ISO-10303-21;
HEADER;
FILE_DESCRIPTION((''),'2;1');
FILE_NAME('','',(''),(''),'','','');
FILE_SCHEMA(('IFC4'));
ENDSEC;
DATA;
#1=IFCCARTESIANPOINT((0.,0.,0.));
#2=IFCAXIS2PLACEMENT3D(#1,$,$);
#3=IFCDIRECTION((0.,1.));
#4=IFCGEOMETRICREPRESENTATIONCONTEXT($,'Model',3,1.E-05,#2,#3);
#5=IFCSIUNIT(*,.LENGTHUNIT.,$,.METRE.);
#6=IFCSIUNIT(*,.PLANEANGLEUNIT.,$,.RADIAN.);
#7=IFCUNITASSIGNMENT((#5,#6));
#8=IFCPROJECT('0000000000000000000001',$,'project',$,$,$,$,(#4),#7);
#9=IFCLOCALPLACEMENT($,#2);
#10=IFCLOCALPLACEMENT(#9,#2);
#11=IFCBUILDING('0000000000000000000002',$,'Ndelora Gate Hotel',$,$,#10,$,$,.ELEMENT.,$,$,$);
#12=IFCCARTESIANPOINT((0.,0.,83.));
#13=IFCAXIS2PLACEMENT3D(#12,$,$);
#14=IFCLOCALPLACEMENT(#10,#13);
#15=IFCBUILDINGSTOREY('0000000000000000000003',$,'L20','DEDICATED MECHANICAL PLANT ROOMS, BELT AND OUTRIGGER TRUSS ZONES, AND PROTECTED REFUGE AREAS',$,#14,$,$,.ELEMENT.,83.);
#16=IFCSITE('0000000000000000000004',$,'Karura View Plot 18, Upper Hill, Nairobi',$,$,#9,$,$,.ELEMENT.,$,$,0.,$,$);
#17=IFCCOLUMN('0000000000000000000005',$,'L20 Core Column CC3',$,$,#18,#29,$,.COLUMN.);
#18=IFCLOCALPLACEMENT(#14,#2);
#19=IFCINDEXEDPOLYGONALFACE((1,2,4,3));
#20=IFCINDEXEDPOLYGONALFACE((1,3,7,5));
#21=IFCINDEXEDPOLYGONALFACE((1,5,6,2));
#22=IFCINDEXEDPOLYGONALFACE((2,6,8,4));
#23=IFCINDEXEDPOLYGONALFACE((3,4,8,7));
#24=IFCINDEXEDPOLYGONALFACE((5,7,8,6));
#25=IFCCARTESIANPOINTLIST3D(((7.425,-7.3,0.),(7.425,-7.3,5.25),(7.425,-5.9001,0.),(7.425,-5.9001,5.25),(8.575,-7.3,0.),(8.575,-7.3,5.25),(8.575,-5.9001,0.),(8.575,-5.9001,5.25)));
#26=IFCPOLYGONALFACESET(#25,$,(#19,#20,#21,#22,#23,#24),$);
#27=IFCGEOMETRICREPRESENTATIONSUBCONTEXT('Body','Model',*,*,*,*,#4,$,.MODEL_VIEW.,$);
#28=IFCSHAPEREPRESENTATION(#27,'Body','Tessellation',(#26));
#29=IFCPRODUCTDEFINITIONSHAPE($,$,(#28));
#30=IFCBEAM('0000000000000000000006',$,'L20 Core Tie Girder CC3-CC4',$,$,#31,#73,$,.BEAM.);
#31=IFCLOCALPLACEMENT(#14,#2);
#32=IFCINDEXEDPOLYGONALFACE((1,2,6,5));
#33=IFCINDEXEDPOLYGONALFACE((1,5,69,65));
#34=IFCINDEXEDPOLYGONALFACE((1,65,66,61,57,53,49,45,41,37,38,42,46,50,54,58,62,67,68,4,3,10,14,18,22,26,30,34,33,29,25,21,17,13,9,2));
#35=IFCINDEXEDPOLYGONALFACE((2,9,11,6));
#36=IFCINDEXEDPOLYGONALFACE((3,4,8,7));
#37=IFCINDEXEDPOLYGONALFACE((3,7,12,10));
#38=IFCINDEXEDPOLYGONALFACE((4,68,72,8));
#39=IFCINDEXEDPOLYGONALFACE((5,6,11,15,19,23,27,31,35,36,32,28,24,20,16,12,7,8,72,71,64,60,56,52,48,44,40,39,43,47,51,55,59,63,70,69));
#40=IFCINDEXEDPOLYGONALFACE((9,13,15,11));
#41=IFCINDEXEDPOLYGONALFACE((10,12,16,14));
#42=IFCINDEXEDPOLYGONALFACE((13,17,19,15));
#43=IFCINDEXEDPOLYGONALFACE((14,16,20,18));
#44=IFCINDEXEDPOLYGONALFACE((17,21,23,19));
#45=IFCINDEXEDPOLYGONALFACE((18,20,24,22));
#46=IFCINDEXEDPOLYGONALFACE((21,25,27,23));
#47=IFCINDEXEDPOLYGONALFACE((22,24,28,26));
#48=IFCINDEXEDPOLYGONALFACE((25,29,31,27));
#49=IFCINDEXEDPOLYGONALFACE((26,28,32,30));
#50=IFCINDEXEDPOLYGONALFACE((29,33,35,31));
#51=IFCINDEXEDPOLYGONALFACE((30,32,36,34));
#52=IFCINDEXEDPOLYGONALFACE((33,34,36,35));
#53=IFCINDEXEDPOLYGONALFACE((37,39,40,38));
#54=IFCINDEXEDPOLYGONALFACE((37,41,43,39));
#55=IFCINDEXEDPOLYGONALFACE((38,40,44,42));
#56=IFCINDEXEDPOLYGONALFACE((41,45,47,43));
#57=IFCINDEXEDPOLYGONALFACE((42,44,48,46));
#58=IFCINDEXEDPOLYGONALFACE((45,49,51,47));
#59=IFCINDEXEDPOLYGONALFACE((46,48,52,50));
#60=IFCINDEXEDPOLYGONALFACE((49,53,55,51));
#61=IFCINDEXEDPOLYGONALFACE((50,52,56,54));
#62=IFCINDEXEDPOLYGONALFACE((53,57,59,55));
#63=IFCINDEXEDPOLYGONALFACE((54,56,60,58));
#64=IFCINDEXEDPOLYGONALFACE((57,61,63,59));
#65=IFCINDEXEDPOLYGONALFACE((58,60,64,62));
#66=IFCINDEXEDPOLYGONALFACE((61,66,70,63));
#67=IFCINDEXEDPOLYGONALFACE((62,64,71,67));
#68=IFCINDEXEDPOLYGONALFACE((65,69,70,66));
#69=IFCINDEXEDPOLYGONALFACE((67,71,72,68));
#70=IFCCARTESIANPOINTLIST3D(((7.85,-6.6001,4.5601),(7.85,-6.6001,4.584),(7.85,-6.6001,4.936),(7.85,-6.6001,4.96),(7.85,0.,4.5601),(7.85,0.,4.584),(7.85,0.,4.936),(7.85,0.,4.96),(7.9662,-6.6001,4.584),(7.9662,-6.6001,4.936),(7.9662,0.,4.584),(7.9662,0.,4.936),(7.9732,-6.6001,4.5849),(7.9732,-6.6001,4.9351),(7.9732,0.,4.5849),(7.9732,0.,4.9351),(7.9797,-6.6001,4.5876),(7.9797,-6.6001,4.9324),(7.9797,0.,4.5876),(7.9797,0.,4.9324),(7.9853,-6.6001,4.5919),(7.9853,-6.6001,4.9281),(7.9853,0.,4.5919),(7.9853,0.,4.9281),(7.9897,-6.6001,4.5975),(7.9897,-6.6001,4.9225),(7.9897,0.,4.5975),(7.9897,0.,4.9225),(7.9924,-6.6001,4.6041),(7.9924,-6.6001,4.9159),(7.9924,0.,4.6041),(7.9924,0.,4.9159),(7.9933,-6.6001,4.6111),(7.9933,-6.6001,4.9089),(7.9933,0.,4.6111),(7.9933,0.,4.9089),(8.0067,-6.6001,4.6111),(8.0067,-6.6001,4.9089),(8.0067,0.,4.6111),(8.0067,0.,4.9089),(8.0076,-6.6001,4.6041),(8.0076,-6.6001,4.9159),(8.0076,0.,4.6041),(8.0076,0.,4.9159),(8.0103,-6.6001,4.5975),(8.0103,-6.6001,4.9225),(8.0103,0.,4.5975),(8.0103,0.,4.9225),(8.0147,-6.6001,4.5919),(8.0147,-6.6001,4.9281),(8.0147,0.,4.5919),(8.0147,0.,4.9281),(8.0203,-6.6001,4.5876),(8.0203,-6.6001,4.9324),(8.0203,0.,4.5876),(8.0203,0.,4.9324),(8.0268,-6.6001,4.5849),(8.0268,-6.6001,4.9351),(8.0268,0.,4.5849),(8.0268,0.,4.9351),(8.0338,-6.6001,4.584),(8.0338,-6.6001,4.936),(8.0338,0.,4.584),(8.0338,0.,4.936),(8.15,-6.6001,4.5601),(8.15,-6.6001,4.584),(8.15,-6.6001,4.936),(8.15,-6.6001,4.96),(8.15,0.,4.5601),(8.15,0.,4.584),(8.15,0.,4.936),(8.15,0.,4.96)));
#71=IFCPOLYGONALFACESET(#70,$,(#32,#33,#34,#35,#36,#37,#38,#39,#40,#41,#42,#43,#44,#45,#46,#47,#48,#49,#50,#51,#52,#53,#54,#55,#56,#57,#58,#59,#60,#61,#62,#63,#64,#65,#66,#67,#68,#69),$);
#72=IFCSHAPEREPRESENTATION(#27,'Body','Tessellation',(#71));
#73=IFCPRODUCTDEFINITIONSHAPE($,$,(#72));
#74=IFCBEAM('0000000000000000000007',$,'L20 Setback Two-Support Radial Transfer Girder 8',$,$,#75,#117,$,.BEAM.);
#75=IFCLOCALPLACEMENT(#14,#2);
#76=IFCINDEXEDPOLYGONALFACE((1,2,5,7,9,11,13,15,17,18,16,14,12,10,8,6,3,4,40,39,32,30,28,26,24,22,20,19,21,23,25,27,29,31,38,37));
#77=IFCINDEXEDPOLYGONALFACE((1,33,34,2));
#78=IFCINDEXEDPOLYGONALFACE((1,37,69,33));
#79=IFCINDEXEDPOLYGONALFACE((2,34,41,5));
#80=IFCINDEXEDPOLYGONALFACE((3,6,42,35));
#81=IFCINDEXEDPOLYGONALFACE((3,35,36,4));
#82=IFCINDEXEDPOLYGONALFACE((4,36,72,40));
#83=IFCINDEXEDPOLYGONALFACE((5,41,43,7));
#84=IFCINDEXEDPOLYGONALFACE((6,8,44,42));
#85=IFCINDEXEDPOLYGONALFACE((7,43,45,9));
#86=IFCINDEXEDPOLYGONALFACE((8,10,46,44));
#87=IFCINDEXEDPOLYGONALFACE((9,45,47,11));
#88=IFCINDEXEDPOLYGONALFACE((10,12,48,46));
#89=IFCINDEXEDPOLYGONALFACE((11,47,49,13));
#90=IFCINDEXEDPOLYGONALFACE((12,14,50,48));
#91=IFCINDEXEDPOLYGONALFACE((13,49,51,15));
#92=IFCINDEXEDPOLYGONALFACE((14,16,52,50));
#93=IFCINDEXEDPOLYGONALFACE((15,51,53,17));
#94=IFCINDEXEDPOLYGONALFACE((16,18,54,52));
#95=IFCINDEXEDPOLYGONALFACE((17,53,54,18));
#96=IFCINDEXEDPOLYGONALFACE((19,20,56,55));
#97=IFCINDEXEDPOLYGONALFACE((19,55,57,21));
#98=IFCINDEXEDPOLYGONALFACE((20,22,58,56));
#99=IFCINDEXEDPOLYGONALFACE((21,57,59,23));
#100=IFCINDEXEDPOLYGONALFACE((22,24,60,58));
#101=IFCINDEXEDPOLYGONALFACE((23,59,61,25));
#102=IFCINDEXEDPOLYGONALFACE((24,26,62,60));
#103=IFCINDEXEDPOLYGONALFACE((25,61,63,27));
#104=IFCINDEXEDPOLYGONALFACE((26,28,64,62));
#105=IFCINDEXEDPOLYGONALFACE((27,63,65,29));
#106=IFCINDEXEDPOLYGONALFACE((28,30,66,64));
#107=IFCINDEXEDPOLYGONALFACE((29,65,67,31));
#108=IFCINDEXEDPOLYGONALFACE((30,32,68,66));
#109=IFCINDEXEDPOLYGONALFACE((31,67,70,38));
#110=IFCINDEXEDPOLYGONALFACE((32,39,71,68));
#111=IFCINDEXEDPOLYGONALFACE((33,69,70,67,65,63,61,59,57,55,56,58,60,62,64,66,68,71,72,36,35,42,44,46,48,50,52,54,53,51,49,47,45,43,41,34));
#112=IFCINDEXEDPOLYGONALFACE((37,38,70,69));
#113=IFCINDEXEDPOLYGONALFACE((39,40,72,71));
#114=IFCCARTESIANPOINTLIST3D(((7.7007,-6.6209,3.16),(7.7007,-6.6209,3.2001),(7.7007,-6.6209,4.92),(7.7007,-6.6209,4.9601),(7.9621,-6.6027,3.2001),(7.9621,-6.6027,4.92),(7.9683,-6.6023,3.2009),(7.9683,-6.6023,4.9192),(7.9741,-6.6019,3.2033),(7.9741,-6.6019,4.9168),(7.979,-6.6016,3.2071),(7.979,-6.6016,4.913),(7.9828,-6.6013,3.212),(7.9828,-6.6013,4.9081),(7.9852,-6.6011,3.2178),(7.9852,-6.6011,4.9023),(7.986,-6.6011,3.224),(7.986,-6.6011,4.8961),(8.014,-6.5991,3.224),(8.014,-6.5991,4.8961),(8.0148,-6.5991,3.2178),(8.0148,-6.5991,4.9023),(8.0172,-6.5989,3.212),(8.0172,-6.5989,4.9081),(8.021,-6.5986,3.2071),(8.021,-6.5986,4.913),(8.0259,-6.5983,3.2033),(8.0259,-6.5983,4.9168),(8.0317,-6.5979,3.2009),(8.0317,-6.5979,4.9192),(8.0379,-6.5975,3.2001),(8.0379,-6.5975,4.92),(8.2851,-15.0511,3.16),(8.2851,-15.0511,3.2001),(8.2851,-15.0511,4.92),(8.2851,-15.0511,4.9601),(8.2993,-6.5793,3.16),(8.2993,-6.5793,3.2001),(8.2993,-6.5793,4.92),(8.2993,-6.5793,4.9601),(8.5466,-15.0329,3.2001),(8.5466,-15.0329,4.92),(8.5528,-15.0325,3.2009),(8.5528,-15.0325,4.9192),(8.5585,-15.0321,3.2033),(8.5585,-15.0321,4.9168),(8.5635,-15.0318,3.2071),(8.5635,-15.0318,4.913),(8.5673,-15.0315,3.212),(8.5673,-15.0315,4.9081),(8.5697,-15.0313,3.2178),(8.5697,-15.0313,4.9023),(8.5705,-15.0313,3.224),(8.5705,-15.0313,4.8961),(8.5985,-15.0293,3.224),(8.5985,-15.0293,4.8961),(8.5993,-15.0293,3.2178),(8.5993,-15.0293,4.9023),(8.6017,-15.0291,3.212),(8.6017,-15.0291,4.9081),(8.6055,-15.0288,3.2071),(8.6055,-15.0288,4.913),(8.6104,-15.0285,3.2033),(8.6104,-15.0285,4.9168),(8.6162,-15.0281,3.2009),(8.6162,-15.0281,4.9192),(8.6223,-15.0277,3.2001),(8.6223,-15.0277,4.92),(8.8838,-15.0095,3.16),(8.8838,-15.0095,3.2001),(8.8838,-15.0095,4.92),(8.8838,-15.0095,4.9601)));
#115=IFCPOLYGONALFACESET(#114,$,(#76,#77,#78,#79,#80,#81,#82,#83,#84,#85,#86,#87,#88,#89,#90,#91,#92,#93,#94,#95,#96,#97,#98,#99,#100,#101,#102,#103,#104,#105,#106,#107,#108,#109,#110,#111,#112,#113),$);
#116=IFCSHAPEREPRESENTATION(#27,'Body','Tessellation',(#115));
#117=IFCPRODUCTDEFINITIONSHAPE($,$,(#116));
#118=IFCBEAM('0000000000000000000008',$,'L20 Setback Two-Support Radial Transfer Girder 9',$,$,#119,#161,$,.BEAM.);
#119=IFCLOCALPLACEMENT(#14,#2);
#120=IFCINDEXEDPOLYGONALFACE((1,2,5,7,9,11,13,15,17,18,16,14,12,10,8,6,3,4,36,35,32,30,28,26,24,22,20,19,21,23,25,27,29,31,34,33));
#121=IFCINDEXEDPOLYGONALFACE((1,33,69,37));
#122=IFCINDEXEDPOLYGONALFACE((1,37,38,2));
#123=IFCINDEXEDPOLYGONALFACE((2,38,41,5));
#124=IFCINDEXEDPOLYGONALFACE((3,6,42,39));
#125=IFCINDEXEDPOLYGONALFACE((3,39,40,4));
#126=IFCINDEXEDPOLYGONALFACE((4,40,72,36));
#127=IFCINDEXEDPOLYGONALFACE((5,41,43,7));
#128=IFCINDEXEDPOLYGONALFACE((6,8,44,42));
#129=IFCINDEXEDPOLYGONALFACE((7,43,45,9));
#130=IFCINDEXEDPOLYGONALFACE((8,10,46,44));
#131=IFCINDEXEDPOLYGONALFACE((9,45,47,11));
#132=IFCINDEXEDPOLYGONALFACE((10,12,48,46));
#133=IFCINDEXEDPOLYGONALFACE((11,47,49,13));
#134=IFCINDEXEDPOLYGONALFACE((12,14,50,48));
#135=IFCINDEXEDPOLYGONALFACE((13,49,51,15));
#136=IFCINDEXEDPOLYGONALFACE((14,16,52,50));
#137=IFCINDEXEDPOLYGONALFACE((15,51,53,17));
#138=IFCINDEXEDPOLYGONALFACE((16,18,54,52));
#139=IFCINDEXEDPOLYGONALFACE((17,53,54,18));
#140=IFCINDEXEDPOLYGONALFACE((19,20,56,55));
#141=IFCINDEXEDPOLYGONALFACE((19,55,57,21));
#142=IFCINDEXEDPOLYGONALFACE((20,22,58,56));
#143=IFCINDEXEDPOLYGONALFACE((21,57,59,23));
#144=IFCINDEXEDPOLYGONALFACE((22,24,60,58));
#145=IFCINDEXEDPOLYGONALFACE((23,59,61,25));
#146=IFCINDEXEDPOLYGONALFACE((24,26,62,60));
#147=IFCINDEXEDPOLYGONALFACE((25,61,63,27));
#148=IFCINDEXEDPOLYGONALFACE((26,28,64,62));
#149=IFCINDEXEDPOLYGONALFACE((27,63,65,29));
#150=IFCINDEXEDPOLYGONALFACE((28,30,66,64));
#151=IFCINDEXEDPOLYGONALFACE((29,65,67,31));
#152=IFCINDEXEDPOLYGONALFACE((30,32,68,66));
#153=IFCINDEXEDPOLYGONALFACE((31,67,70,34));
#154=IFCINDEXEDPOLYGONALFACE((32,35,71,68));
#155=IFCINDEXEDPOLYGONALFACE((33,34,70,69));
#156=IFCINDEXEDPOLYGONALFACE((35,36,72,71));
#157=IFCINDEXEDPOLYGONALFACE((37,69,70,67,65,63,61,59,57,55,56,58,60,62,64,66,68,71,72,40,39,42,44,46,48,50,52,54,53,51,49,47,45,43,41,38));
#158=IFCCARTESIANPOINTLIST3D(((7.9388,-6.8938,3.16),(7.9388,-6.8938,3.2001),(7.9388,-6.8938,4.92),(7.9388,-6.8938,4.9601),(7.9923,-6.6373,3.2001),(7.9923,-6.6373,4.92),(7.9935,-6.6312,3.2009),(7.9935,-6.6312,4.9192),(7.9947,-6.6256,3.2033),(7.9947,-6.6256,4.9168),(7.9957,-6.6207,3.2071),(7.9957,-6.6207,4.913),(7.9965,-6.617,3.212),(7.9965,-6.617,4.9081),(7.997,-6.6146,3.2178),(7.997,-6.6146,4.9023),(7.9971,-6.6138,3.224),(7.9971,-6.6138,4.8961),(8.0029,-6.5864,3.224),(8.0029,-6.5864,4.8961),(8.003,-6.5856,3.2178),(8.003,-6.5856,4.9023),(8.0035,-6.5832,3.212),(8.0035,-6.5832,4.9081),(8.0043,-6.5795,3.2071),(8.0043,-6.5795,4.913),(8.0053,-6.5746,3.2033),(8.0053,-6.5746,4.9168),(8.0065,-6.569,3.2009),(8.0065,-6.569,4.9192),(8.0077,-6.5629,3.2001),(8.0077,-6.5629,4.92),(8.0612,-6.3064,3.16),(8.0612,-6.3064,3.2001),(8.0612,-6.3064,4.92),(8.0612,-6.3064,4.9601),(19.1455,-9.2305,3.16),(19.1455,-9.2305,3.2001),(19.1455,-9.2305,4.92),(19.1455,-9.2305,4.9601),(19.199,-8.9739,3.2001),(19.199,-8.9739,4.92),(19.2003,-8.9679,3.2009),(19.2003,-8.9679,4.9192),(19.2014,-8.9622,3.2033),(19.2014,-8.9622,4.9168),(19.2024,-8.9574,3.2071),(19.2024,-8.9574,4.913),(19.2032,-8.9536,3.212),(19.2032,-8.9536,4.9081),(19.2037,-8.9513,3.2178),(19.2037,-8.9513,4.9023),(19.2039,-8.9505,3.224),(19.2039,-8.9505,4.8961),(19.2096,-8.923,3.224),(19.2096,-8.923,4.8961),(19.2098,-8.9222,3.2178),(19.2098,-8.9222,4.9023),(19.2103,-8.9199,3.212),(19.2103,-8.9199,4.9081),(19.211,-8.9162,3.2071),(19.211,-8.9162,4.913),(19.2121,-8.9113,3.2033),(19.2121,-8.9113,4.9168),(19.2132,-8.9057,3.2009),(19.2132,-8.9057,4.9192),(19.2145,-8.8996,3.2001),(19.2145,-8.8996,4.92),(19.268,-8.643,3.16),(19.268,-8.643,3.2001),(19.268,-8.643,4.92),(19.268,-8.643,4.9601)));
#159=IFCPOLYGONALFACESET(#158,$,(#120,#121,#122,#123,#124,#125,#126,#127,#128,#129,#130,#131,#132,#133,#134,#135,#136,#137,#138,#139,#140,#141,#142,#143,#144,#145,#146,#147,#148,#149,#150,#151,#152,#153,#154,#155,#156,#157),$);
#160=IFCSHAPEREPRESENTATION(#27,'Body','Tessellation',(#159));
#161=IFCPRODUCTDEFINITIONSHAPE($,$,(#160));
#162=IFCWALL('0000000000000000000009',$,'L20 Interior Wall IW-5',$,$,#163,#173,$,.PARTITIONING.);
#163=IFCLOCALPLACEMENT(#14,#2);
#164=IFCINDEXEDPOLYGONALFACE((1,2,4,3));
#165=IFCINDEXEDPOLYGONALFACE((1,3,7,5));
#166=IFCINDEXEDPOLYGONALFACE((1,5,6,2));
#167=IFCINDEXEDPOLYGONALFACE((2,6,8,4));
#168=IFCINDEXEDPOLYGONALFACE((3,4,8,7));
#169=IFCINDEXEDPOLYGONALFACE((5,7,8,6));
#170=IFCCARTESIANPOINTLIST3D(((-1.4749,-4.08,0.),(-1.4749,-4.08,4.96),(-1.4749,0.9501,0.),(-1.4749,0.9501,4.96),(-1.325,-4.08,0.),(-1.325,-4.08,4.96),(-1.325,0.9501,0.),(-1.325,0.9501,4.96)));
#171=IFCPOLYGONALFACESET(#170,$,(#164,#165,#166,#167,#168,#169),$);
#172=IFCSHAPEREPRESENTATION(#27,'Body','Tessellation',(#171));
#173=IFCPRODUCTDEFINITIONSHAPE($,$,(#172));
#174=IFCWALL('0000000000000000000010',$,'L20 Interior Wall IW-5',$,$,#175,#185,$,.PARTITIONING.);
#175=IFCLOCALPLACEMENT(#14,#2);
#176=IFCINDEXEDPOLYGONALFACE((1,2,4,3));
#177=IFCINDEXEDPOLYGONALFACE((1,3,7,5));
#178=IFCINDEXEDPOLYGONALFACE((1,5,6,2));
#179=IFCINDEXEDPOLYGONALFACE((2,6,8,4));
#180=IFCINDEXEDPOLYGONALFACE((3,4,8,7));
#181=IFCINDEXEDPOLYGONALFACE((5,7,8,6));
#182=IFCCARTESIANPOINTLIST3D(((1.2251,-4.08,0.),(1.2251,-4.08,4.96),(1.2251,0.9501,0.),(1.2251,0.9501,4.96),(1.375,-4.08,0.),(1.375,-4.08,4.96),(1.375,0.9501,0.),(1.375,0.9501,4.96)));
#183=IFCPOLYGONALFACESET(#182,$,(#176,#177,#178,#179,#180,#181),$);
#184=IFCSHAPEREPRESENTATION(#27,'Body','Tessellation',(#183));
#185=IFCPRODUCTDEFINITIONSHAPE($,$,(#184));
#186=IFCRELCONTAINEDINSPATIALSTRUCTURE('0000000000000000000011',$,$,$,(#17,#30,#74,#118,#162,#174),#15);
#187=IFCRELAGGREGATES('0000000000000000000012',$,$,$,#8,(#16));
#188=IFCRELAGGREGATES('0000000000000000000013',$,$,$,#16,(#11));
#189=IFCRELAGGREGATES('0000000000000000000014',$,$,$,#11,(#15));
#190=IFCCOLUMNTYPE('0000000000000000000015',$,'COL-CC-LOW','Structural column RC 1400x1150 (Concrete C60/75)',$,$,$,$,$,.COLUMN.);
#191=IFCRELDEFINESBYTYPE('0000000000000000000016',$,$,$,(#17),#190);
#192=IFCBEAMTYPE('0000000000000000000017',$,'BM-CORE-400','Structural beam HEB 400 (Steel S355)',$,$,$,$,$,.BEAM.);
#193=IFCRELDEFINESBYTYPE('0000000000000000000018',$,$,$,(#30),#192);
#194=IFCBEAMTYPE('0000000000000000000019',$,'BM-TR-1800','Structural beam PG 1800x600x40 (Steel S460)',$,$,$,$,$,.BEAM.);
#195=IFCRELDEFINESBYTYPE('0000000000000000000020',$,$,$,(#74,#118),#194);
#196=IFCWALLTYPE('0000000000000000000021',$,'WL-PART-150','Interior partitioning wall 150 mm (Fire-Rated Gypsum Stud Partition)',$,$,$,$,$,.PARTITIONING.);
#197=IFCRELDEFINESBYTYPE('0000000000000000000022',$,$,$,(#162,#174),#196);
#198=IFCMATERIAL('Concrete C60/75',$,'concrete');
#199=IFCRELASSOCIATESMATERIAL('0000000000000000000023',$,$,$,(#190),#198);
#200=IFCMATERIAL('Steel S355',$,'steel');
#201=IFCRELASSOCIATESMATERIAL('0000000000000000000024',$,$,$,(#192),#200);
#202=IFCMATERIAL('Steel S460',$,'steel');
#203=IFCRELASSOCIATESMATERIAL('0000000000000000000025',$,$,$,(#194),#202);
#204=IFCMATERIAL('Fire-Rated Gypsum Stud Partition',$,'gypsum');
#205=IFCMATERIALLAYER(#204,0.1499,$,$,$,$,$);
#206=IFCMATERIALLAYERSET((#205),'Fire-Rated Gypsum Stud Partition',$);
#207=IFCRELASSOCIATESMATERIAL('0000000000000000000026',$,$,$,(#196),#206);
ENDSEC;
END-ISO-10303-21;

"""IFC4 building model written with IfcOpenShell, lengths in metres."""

from ifc_helpers import new_model, si_unit, direction, frame, frame_2d, origin, origin_2d, place, context, subcontext, project, spatial, rectangle, i_section, extrude, material, layer, layer_set, material_profile, profile_set, type_object, element, save


model = new_model("IFC4")

# Units and contexts
model_context = context("Model", 3, precision=1e-05, world=origin(), true_north=direction((0.0, 1.0)))
body_context = subcontext(model_context, "Body", "Model", "MODEL_VIEW")
ifc_project = project(units=[si_unit("LENGTHUNIT", "METRE"), si_unit("PLANEANGLEUNIT", "RADIAN")], contexts=[model_context])

# Site, building, storey
site_placement = place(None, origin())
site = spatial("IfcSite", under=ifc_project, at=site_placement, Name="Karura View Plot 18, Upper Hill, Nairobi", CompositionType="ELEMENT", RefElevation=0.0)
building_placement = place(site_placement, origin())
building = spatial("IfcBuilding", under=site, at=building_placement, Name="Ndelora Gate Hotel", CompositionType="ELEMENT")
storey_placement = place(building_placement, frame((0.0, 0.0, 83.0)))
storey = spatial("IfcBuildingStorey", under=building, at=storey_placement, Name="L20", Description="DEDICATED MECHANICAL PLANT ROOMS, BELT AND OUTRIGGER TRUSS ZONES, AND PROTECTED REFUGE AREAS", CompositionType="ELEMENT", Elevation=83.0)

# Column
ifc_material_1 = material(Name="Concrete C60/75", Category="concrete")
ifc_material_profile_1 = material_profile(ifc_material_1, rectangle(XDim=1.1499, YDim=1.3999, at=origin_2d()), Name="RC 1400x1150")
ifc_profile_set_1 = profile_set([ifc_material_profile_1], Name="Concrete C60/75")
column_type = type_object("IfcColumnType", Name="COL-CC-LOW", Description="Structural column RC 1400x1150 (Concrete C60/75)", PredefinedType="COLUMN", material=ifc_profile_set_1)
column_placement = place(storey_placement, frame((8.0, -6.6001, 0.0), z_axis=(0.0, 0.0, 1.0), x_axis=(1.0, 0.0, 0.0)))
element("IfcColumn", 1, at=column_placement, inside=storey, type_object=column_type, Name="L20 Core Column CC3", PredefinedType="COLUMN", context=body_context, shape_type="SweptSolid", body=[
    extrude(rectangle(XDim=1.1499, YDim=1.3999, at=origin_2d()), origin(), (0.0, 0.0, 1.0), 5.25),
])

# Beams
ifc_material_2 = material(Name="Steel S355", Category="steel")
ifc_material_profile_2 = material_profile(ifc_material_2, i_section(OverallWidth=0.3, OverallDepth=0.3999, WebThickness=0.0134, FlangeThickness=0.0239, FilletRadius=0.0271, at=origin_2d()), Name="HEB 400")
ifc_profile_set_2 = profile_set([ifc_material_profile_2], Name="Steel S355")
beam_type_1 = type_object("IfcBeamType", Name="BM-CORE-400", Description="Structural beam HEB 400 (Steel S355)", PredefinedType="BEAM", material=ifc_profile_set_2)
beam_1_placement = place(storey_placement, frame((8.0, -6.6001, 4.76), z_axis=(0.0, 1.0, 0.0), x_axis=(-1.0, 0.0, 0.0)))
element("IfcBeam", 2, at=beam_1_placement, inside=storey, type_object=beam_type_1, Name="L20 Core Tie Girder CC3-CC4", PredefinedType="BEAM", context=body_context, shape_type="SweptSolid", body=[
    extrude(i_section(OverallWidth=0.3, OverallDepth=0.3999, WebThickness=0.0134, FlangeThickness=0.0239, FilletRadius=0.0271, at=origin_2d()), origin(), (0.0, 0.0, 1.0), 6.6001),
])
ifc_material_3 = material(Name="Steel S460", Category="steel")
ifc_material_profile_3 = material_profile(ifc_material_3, i_section(OverallWidth=0.6001, OverallDepth=1.8, WebThickness=0.0281, FlangeThickness=0.04, FilletRadius=0.0239, at=origin_2d()), Name="PG 1800x600x40")
ifc_profile_set_3 = profile_set([ifc_material_profile_3], Name="Steel S460")
beam_type_2 = type_object("IfcBeamType", Name="BM-TR-1800", Description="Structural beam PG 1800x600x40 (Steel S460)", PredefinedType="BEAM", material=ifc_profile_set_3)
beam_2_placement = place(storey_placement, frame((8.0, -6.6001, 4.0601), z_axis=(0.069165, -0.997605, 0.0), x_axis=(0.997605, 0.069165, 0.0)))
element("IfcBeam", 3, at=beam_2_placement, inside=storey, type_object=beam_type_2, Name="L20 Setback Two-Support Radial Transfer Girder 8", PredefinedType="BEAM", context=body_context, shape_type="SweptSolid", body=[
    extrude(i_section(OverallWidth=0.6001, OverallDepth=1.8, WebThickness=0.0281, FlangeThickness=0.04, FilletRadius=0.0239, at=origin_2d()), origin(), (0.0, 0.0, 1.0), 8.4504),
])
beam_3_placement = place(storey_placement, frame((8.0, -6.6001, 4.0601), z_axis=(0.978947, -0.204115, 0.0), x_axis=(0.204115, 0.978947, 0.0)))
element("IfcBeam", 4, at=beam_3_placement, inside=storey, type_object=beam_type_2, Name="L20 Setback Two-Support Radial Transfer Girder 9", PredefinedType="BEAM", context=body_context, shape_type="SweptSolid", body=[
    extrude(i_section(OverallWidth=0.6001, OverallDepth=1.8, WebThickness=0.0281, FlangeThickness=0.04, FilletRadius=0.0239, at=origin_2d()), origin(), (0.0, 0.0, 1.0), 11.4478),
])

# Walls
ifc_material_4 = material(Name="Fire-Rated Gypsum Stud Partition", Category="gypsum")
ifc_layer_1 = layer(ifc_material_4, 0.1499)
ifc_layer_set_1 = layer_set([ifc_layer_1], Name="Fire-Rated Gypsum Stud Partition")
wall_type_1 = type_object("IfcWallType", Name="WL-PART-150", Description="Interior partitioning wall 150 mm (Fire-Rated Gypsum Stud Partition)", PredefinedType="PARTITIONING", material=ifc_layer_set_1)
for number, where, z_axis, x_axis, name in (
    (5, (-1.3999, -4.0801, 0.0), (0.0, 0.0, 1.0), (0.0, 1.0, 0.0), "L20 Interior Wall IW-5"),
    (6, (1.3, -4.0801, 0.0), (0.0, 0.0, 1.0), (0.0, 1.0, 0.0), "L20 Interior Wall IW-5"),
):
    element("IfcWall", number, at=place(storey_placement, frame(where, z_axis=z_axis, x_axis=x_axis)), inside=storey, type_object=wall_type_1, Name=name, PredefinedType="PARTITIONING", context=body_context, shape_type="SweptSolid", body=[
        extrude(rectangle(XDim=5.03, YDim=0.1499, at=frame_2d((2.5151, 0.0))), origin(), (0.0, 0.0, 1.0), 4.96),
    ])

save(model, "model.ifc")
